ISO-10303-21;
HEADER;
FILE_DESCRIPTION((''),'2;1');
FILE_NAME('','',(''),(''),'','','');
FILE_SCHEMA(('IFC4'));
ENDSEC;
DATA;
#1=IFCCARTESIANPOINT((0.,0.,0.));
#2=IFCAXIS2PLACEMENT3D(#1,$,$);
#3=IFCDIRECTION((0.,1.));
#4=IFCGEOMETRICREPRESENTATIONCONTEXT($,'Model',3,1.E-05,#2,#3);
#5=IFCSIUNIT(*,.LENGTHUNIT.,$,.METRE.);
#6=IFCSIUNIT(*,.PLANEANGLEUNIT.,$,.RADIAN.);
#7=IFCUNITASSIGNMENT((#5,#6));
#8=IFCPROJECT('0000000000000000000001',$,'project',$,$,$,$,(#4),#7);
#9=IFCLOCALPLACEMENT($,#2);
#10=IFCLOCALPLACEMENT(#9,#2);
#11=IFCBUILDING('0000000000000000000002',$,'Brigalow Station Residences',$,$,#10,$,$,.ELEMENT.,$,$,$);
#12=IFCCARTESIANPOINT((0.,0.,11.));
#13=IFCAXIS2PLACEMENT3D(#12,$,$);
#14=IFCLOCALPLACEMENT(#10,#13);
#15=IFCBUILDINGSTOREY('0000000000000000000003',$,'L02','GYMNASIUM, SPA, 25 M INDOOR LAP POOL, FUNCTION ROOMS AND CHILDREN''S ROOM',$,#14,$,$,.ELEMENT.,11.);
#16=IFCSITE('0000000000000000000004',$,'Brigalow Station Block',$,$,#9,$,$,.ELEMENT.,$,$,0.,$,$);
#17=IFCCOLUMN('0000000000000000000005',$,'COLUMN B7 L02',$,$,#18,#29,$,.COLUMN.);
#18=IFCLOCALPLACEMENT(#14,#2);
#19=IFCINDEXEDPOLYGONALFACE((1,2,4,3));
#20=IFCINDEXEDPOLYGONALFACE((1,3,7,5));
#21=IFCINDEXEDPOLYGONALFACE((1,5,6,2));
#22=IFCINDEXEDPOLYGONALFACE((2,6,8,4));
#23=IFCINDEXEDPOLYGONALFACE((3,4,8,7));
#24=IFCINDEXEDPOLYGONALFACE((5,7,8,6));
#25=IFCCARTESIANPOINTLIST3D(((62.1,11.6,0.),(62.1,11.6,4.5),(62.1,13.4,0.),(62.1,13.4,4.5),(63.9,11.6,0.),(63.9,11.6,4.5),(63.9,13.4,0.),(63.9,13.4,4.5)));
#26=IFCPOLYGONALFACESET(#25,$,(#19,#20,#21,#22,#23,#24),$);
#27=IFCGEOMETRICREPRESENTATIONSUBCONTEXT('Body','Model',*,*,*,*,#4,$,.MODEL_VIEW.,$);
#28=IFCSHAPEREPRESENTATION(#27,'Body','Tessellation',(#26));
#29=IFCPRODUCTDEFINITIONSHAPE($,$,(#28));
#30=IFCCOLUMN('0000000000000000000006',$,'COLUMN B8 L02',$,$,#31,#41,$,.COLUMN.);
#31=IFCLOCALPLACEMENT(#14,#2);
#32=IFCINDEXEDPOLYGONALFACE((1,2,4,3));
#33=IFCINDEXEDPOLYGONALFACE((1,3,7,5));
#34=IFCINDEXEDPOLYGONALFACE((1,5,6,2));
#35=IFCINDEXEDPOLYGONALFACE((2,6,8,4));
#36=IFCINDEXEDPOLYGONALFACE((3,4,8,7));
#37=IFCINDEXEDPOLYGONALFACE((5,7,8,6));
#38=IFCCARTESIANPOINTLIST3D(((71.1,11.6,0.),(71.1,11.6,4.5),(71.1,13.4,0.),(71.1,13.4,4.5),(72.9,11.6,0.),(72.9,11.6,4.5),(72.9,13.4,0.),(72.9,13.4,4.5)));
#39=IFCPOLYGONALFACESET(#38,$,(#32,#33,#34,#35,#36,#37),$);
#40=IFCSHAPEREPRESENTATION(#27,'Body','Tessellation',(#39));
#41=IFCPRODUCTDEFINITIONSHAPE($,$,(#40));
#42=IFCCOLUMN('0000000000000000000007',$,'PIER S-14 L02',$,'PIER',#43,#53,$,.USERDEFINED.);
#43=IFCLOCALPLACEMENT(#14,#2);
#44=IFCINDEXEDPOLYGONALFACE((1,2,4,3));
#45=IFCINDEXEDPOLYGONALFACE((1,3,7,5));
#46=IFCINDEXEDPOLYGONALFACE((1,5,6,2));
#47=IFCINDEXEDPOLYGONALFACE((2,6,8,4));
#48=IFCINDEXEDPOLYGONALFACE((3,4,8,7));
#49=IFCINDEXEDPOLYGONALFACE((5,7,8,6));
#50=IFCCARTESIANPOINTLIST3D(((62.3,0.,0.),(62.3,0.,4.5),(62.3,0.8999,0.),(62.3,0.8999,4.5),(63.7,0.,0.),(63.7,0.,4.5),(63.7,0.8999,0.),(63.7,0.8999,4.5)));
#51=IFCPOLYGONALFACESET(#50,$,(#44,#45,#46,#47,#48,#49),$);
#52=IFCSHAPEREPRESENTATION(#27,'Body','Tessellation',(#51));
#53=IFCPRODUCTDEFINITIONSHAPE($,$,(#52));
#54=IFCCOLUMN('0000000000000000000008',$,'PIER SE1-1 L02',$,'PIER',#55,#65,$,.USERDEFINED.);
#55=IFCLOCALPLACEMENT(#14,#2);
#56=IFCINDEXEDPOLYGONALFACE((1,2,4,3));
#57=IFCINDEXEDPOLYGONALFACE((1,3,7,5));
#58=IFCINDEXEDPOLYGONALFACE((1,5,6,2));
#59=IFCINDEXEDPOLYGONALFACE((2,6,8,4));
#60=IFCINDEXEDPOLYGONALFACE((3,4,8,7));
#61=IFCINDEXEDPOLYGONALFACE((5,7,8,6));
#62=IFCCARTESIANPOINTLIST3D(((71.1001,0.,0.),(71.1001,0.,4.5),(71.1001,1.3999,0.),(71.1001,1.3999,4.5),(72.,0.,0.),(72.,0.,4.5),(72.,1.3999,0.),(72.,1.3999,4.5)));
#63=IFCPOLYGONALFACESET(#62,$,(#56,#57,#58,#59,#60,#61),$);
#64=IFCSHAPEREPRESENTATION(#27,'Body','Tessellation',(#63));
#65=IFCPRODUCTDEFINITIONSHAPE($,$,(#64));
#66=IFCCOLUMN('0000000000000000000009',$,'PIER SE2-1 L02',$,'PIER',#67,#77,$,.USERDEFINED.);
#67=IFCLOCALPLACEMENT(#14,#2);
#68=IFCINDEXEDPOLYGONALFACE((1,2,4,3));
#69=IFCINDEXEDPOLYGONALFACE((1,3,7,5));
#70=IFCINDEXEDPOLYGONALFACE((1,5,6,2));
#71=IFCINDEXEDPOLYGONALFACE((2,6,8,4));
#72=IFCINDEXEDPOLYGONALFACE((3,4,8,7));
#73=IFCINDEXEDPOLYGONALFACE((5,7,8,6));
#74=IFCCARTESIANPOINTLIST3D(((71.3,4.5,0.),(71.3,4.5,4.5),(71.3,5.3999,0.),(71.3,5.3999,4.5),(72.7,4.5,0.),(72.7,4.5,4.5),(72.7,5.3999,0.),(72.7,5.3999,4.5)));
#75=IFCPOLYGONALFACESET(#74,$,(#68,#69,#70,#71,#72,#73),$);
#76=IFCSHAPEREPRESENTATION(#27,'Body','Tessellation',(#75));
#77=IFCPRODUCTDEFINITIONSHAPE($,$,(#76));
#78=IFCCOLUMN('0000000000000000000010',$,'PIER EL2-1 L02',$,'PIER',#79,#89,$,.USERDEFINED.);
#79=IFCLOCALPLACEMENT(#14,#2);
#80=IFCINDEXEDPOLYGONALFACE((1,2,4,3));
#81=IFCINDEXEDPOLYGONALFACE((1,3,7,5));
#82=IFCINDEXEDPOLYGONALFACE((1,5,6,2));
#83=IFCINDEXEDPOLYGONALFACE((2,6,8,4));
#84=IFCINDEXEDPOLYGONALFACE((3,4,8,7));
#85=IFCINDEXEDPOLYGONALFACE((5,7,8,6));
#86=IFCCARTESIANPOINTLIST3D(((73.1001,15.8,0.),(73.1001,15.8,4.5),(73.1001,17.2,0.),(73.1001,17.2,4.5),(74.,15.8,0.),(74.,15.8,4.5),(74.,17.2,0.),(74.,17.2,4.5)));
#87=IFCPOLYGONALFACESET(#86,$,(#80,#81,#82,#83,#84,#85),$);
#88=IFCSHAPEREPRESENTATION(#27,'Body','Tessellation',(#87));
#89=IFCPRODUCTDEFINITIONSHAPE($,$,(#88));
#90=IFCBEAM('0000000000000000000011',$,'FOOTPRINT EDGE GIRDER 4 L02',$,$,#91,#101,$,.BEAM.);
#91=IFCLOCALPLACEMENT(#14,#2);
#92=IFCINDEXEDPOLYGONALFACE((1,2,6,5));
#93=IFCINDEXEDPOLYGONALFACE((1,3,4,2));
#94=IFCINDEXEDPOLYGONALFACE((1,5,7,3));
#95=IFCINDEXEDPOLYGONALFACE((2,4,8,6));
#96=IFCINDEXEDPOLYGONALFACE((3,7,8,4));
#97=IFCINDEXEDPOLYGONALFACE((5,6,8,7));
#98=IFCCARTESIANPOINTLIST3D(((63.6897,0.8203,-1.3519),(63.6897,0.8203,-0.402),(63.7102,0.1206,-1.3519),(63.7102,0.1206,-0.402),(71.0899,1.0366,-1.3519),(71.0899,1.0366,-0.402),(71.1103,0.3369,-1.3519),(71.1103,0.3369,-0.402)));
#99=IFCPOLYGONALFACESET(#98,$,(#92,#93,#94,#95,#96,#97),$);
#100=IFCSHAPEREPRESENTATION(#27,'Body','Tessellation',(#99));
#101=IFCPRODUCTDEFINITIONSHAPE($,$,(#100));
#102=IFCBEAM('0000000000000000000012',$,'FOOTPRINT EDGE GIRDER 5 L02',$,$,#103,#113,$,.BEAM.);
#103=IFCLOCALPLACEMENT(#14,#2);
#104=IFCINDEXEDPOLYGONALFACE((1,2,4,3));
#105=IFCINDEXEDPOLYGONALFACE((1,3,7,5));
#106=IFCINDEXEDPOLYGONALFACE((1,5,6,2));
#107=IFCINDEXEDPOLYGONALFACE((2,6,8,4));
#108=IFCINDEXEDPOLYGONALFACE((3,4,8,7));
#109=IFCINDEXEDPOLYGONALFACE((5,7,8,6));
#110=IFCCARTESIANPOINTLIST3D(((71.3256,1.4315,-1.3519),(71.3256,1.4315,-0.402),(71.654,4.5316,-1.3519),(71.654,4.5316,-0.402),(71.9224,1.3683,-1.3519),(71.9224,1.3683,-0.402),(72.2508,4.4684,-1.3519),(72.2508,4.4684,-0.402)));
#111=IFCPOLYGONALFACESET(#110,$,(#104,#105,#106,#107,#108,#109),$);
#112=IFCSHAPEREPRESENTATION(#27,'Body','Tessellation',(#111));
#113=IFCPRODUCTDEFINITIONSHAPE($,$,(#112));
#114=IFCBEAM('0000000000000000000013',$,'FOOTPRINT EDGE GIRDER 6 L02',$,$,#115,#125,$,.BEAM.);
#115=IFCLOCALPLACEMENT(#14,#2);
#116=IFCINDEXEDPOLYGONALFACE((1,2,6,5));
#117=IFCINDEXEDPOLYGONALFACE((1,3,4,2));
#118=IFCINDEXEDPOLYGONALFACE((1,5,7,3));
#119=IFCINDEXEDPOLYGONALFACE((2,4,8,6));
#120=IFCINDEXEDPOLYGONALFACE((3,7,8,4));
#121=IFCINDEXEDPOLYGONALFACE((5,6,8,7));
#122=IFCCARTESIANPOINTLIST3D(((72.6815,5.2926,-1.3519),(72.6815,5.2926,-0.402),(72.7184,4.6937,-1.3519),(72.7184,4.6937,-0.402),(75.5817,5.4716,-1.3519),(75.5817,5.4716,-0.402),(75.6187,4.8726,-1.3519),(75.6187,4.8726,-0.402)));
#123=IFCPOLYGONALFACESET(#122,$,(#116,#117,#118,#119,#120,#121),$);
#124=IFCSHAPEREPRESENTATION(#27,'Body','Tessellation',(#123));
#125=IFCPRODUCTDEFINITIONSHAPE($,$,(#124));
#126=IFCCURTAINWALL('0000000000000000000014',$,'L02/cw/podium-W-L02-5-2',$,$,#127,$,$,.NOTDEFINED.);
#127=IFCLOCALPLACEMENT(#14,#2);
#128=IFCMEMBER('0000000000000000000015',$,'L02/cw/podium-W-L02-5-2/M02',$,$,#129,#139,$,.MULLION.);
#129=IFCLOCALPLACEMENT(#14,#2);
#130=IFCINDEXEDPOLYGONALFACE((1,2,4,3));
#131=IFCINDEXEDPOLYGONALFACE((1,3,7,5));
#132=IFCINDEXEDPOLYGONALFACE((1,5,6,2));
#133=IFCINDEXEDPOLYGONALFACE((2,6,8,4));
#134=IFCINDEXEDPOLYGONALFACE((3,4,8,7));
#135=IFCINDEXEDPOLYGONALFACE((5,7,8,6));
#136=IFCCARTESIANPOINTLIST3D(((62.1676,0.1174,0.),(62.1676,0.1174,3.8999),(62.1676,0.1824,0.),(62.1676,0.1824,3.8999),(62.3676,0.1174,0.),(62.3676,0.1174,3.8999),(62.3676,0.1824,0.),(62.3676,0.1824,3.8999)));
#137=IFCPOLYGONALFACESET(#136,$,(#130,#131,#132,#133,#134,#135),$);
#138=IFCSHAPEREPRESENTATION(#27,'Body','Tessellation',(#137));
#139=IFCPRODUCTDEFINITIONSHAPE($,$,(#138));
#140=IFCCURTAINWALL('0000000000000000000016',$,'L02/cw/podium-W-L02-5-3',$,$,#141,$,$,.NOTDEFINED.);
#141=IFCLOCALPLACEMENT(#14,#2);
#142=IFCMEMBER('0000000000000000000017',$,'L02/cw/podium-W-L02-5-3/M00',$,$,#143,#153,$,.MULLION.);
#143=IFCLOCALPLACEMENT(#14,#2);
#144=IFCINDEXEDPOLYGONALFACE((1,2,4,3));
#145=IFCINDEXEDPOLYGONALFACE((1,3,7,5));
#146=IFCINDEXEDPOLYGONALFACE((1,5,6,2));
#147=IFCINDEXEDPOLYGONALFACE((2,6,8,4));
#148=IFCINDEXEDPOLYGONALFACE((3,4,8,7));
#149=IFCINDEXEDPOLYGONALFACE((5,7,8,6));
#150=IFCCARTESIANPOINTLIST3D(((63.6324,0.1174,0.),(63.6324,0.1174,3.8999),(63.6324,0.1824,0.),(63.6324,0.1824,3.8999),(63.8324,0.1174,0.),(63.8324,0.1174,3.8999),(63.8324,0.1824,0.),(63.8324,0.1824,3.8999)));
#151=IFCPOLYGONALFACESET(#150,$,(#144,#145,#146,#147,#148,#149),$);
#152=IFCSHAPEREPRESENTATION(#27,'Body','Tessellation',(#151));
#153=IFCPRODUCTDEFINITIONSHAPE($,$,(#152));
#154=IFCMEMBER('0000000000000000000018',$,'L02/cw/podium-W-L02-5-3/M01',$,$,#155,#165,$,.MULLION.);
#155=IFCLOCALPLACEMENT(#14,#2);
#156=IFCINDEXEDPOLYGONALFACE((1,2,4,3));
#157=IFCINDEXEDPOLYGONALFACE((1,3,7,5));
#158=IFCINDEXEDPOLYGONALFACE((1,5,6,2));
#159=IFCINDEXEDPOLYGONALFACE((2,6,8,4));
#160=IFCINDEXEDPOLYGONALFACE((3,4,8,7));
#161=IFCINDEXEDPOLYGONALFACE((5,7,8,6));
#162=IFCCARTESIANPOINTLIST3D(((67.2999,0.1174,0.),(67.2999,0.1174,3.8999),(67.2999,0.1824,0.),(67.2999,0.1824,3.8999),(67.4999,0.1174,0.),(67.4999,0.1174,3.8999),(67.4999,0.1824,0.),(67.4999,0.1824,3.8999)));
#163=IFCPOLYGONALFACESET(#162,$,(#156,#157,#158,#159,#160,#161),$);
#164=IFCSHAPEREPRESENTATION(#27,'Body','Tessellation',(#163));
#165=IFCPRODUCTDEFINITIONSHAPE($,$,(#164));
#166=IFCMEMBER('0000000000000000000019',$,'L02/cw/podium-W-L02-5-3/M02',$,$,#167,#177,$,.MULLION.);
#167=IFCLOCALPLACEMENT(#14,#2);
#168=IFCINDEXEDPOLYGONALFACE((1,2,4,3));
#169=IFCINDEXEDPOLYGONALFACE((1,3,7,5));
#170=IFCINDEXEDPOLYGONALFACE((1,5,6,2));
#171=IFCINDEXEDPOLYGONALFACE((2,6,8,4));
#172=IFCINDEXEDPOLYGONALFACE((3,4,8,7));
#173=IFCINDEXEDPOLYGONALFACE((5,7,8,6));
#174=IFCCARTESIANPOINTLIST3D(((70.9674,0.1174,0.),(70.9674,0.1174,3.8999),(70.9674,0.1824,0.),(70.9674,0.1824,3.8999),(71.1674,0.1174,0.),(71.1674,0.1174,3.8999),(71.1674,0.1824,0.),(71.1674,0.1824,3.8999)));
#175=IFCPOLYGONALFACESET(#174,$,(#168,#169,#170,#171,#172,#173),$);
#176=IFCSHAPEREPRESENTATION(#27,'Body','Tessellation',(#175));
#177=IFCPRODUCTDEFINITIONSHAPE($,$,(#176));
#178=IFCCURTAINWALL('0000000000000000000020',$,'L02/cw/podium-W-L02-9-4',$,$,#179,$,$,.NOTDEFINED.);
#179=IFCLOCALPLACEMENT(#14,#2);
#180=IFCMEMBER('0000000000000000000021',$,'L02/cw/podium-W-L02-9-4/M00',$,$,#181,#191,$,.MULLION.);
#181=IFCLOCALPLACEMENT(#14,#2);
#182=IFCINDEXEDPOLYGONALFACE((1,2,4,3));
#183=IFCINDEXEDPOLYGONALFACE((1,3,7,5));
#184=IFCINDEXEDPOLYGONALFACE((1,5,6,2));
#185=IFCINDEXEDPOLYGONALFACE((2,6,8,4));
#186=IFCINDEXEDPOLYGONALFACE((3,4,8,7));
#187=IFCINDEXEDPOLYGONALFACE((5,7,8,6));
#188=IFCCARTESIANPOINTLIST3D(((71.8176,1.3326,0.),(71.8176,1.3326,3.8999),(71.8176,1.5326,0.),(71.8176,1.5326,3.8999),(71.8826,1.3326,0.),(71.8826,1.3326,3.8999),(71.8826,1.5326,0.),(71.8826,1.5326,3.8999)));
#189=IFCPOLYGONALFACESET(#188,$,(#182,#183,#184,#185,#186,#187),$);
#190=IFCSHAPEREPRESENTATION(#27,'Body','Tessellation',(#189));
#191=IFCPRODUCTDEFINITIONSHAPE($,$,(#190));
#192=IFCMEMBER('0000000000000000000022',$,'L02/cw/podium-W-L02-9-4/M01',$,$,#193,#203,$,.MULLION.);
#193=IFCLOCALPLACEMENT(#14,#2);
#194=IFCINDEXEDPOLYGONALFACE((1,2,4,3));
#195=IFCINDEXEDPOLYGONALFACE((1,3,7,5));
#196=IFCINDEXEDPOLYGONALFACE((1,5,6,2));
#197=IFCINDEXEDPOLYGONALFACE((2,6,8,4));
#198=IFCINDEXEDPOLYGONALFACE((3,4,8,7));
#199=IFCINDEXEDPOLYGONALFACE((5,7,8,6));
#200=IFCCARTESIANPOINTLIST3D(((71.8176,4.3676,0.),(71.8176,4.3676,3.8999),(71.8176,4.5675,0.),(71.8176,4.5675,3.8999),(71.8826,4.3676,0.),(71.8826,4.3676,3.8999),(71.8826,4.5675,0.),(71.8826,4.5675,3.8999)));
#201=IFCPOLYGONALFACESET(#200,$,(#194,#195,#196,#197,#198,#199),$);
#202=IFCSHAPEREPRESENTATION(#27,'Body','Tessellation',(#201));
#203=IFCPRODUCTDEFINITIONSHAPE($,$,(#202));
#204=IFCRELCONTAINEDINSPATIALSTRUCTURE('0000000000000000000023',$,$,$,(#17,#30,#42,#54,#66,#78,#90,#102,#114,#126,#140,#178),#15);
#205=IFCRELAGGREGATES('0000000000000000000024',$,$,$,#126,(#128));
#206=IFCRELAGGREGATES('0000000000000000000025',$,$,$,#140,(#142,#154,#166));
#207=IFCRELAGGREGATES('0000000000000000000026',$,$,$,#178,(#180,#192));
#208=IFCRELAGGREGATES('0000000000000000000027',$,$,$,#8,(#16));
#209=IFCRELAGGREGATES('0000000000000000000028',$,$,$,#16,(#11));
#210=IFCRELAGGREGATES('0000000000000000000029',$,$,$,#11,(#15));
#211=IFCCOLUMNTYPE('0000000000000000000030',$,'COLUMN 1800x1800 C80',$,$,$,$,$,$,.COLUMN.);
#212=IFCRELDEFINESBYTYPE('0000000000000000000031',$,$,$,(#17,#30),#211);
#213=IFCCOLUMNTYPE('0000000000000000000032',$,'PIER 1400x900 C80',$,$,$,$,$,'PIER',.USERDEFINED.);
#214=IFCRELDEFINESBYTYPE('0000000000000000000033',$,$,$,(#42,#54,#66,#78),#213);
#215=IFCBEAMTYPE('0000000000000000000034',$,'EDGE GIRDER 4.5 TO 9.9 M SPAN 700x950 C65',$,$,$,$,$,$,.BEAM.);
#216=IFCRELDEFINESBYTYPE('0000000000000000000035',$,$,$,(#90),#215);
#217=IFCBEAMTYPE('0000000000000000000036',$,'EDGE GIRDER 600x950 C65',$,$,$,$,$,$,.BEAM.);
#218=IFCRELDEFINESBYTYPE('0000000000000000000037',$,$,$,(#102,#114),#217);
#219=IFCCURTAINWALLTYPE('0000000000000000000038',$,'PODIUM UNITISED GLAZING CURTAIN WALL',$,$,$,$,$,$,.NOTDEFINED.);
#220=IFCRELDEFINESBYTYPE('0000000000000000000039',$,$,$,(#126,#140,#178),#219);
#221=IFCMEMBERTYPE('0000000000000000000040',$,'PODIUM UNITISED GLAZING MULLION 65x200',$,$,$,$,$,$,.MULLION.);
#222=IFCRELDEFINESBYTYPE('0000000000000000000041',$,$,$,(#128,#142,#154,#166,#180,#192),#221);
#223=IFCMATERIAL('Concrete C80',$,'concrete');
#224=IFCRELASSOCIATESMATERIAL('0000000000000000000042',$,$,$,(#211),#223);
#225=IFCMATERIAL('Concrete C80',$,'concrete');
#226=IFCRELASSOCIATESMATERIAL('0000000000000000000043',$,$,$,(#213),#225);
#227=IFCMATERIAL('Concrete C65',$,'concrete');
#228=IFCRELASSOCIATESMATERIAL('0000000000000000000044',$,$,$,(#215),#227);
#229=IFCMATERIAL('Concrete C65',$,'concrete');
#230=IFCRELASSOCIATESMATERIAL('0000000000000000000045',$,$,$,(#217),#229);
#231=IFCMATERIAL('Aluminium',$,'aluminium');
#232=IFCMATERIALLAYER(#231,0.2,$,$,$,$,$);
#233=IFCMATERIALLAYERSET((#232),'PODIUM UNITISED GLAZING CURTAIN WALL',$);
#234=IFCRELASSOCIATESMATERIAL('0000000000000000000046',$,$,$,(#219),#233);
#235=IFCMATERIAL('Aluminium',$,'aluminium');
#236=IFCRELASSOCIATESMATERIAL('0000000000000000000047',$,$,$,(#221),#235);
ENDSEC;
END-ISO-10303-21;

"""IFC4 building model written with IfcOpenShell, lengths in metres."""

from ifc_helpers import new_model, si_unit, direction, frame, origin, origin_2d, place, context, subcontext, project, spatial, rectangle, extrude, material, layer, layer_set, material_profile, profile_set, type_object, element, aggregate, save


model = new_model("IFC4")

# Units and contexts
model_context = context("Model", 3, precision=1e-05, world=origin(), true_north=direction((0.0, 1.0)))
body_context = subcontext(model_context, "Body", "Model", "MODEL_VIEW")
ifc_project = project(units=[si_unit("LENGTHUNIT", "METRE"), si_unit("PLANEANGLEUNIT", "RADIAN")], contexts=[model_context])

# Site, building, storey
site_placement = place(None, origin())
site = spatial("IfcSite", under=ifc_project, at=site_placement, Name="Brigalow Station Block", CompositionType="ELEMENT", RefElevation=0.0)
building_placement = place(site_placement, origin())
building = spatial("IfcBuilding", under=site, at=building_placement, Name="Brigalow Station Residences", CompositionType="ELEMENT")
storey_placement = place(building_placement, frame((0.0, 0.0, 11.0)))
storey = spatial("IfcBuildingStorey", under=building, at=storey_placement, Name="L02", Description="GYMNASIUM, SPA, 25 M INDOOR LAP POOL, FUNCTION ROOMS AND CHILDREN'S ROOM", CompositionType="ELEMENT", Elevation=11.0)

# Columns
ifc_material_1 = material(Name="Concrete C80", Category="concrete")
ifc_material_profile_1 = material_profile(ifc_material_1, rectangle(XDim=1.8, YDim=1.8, at=origin_2d()), Name="RC1800x1800")
ifc_profile_set_1 = profile_set([ifc_material_profile_1], Name="Concrete C80")
column_type_1 = type_object("IfcColumnType", Name="COLUMN 1800x1800 C80", PredefinedType="COLUMN", material=ifc_profile_set_1)
for number, where, z_axis, x_axis, name in (
    (1, (63.0, 12.5, 0.0), (0.0, 0.0, 1.0), (1.0, 0.0, 0.0), "COLUMN B7 L02"),
    (2, (72.0, 12.5, 0.0), (0.0, 0.0, 1.0), (1.0, 0.0, 0.0), "COLUMN B8 L02"),
):
    element("IfcColumn", number, at=place(storey_placement, frame(where, z_axis=z_axis, x_axis=x_axis)), inside=storey, type_object=column_type_1, Name=name, PredefinedType="COLUMN", context=body_context, shape_type="SweptSolid", body=[
        extrude(rectangle(XDim=1.8, YDim=1.8, at=origin_2d()), origin(), (0.0, 0.0, 1.0), 4.5),
    ])
ifc_material_2 = material(Name="Concrete C80", Category="concrete")
ifc_material_profile_2 = material_profile(ifc_material_2, rectangle(XDim=1.3999, YDim=0.8999, at=origin_2d()), Name="RC1400x900")
ifc_profile_set_2 = profile_set([ifc_material_profile_2], Name="Concrete C80")
column_type_2 = type_object("IfcColumnType", Name="PIER 1400x900 C80", ElementType="PIER", PredefinedType="USERDEFINED", material=ifc_profile_set_2)
for number, where, z_axis, x_axis, name in (
    (3, (63.0, 0.45, 0.0), (0.0, 0.0, 1.0), (1.0, 0.0, 0.0), "PIER S-14 L02"),
    (4, (71.55, 0.7, 0.0), (0.0, 0.0, 1.0), (0.0, 1.0, 0.0), "PIER SE1-1 L02"),
    (5, (72.0, 4.95, 0.0), (0.0, 0.0, 1.0), (1.0, 0.0, 0.0), "PIER SE2-1 L02"),
    (6, (73.55, 16.5, 0.0), (0.0, 0.0, 1.0), (0.0, 1.0, 0.0), "PIER EL2-1 L02"),
):
    element("IfcColumn", number, at=place(storey_placement, frame(where, z_axis=z_axis, x_axis=x_axis)), inside=storey, type_object=column_type_2, Name=name, ObjectType="PIER", PredefinedType="USERDEFINED", context=body_context, shape_type="SweptSolid", body=[
        extrude(rectangle(XDim=1.3999, YDim=0.8999, at=origin_2d()), origin(), (0.0, 0.0, 1.0), 4.5),
    ])

# Beams
ifc_material_3 = material(Name="Concrete C65", Category="concrete")
ifc_material_profile_3 = material_profile(ifc_material_3, rectangle(XDim=0.7, YDim=0.95, at=origin_2d()), Name="RC700x950")
ifc_profile_set_3 = profile_set([ifc_material_profile_3], Name="Concrete C65")
beam_type_1 = type_object("IfcBeamType", Name="EDGE GIRDER 4.5 TO 9.9 M SPAN 700x950 C65", PredefinedType="BEAM", material=ifc_profile_set_3)
beam_1_placement = place(storey_placement, frame((63.7, 0.4705, -0.877), z_axis=(0.999573, 0.029218, 0.0), x_axis=(-0.029218, 0.999573, 0.0)))
element("IfcBeam", 7, at=beam_1_placement, inside=storey, type_object=beam_type_1, Name="FOOTPRINT EDGE GIRDER 4 L02", PredefinedType="BEAM", context=body_context, shape_type="SweptSolid", body=[
    extrude(rectangle(XDim=0.7, YDim=0.95, at=origin_2d()), origin(), (0.0, 0.0, 1.0), 7.4033),
])
ifc_material_4 = material(Name="Concrete C65", Category="concrete")
ifc_material_profile_4 = material_profile(ifc_material_4, rectangle(XDim=0.6001, YDim=0.95, at=origin_2d()), Name="RC600x950")
ifc_profile_set_4 = profile_set([ifc_material_profile_4], Name="Concrete C65")
beam_type_2 = type_object("IfcBeamType", Name="EDGE GIRDER 600x950 C65", PredefinedType="BEAM", material=ifc_profile_set_4)
beam_2_placement = place(storey_placement, frame((71.624, 1.3999, -0.877), z_axis=(0.105333, 0.994437, 0.0), x_axis=(-0.994437, 0.105333, 0.0)))
element("IfcBeam", 8, at=beam_2_placement, inside=storey, type_object=beam_type_2, Name="FOOTPRINT EDGE GIRDER 5 L02", PredefinedType="BEAM", context=body_context, shape_type="SweptSolid", body=[
    extrude(rectangle(XDim=0.6001, YDim=0.95, at=origin_2d()), origin(), (0.0, 0.0, 1.0), 3.1174),
])
beam_3_placement = place(storey_placement, frame((72.7, 4.9932, -0.877), z_axis=(0.998102, 0.061588, 0.0), x_axis=(-0.061588, 0.998102, 0.0)))
element("IfcBeam", 9, at=beam_3_placement, inside=storey, type_object=beam_type_2, Name="FOOTPRINT EDGE GIRDER 6 L02", PredefinedType="BEAM", context=body_context, shape_type="SweptSolid", body=[
    extrude(rectangle(XDim=0.6001, YDim=0.95, at=origin_2d()), origin(), (0.0, 0.0, 1.0), 2.9058),
])

# Curtain wall, member
ifc_material_5 = material(Name="Aluminium", Category="aluminium")
ifc_layer_1 = layer(ifc_material_5, 0.2)
ifc_layer_set_1 = layer_set([ifc_layer_1], Name="PODIUM UNITISED GLAZING CURTAIN WALL")
curtain_wall_type = type_object("IfcCurtainWallType", Name="PODIUM UNITISED GLAZING CURTAIN WALL", PredefinedType="NOTDEFINED", material=ifc_layer_set_1)
curtain_wall_1_placement = place(storey_placement, origin())
curtain_wall_1 = element("IfcCurtainWall", 10, at=curtain_wall_1_placement, inside=storey, type_object=curtain_wall_type, Name="L02/cw/podium-W-L02-5-2", PredefinedType="NOTDEFINED")
ifc_material_6 = material(Name="Aluminium", Category="aluminium")
ifc_material_profile_5 = material_profile(ifc_material_6, rectangle(XDim=0.0649, YDim=0.2, at=origin_2d()), Name="PODIUM UNITISED GLAZING MULLION 65x200")
ifc_profile_set_5 = profile_set([ifc_material_profile_5], Name="Aluminium")
member_type_1 = type_object("IfcMemberType", Name="PODIUM UNITISED GLAZING MULLION 65x200", PredefinedType="MULLION", material=ifc_profile_set_5)
member_1_placement = place(storey_placement, frame((62.2676, 0.1499, 0.0), z_axis=(0.0, 0.0, 1.0), x_axis=(0.0, 1.0, 0.0)))
member_1 = element("IfcMember", 11, at=member_1_placement, type_object=member_type_1, Name="L02/cw/podium-W-L02-5-2/M02", PredefinedType="MULLION", context=body_context, shape_type="SweptSolid", body=[
    extrude(rectangle(XDim=0.0649, YDim=0.2, at=origin_2d()), origin(), (0.0, 0.0, 1.0), 3.8999),
])

# Curtain walls, members
curtain_wall_2_placement = place(storey_placement, origin())
curtain_wall_2 = element("IfcCurtainWall", 12, at=curtain_wall_2_placement, inside=storey, type_object=curtain_wall_type, Name="L02/cw/podium-W-L02-5-3", PredefinedType="NOTDEFINED")
member_2_placement = place(storey_placement, frame((63.7324, 0.1499, 0.0), z_axis=(0.0, 0.0, 1.0), x_axis=(0.0, 1.0, 0.0)))
member_2 = element("IfcMember", 13, at=member_2_placement, type_object=member_type_1, Name="L02/cw/podium-W-L02-5-3/M00", PredefinedType="MULLION", context=body_context, shape_type="SweptSolid", body=[
    extrude(rectangle(XDim=0.0649, YDim=0.2, at=origin_2d()), origin(), (0.0, 0.0, 1.0), 3.8999),
])
member_3_placement = place(storey_placement, frame((67.3999, 0.1499, 0.0), z_axis=(0.0, 0.0, 1.0), x_axis=(0.0, 1.0, 0.0)))
member_3 = element("IfcMember", 14, at=member_3_placement, type_object=member_type_1, Name="L02/cw/podium-W-L02-5-3/M01", PredefinedType="MULLION", context=body_context, shape_type="SweptSolid", body=[
    extrude(rectangle(XDim=0.0649, YDim=0.2, at=origin_2d()), origin(), (0.0, 0.0, 1.0), 3.8999),
])
member_4_placement = place(storey_placement, frame((71.0674, 0.1499, 0.0), z_axis=(0.0, 0.0, 1.0), x_axis=(0.0, 1.0, 0.0)))
member_4 = element("IfcMember", 15, at=member_4_placement, type_object=member_type_1, Name="L02/cw/podium-W-L02-5-3/M02", PredefinedType="MULLION", context=body_context, shape_type="SweptSolid", body=[
    extrude(rectangle(XDim=0.0649, YDim=0.2, at=origin_2d()), origin(), (0.0, 0.0, 1.0), 3.8999),
])
curtain_wall_3_placement = place(storey_placement, origin())
curtain_wall_3 = element("IfcCurtainWall", 16, at=curtain_wall_3_placement, inside=storey, type_object=curtain_wall_type, Name="L02/cw/podium-W-L02-9-4", PredefinedType="NOTDEFINED")
member_5_placement = place(storey_placement, frame((71.8501, 1.4326, 0.0), z_axis=(0.0, 0.0, 1.0), x_axis=(-1.0, 0.0, 0.0)))
member_5 = element("IfcMember", 17, at=member_5_placement, type_object=member_type_1, Name="L02/cw/podium-W-L02-9-4/M00", PredefinedType="MULLION", context=body_context, shape_type="SweptSolid", body=[
    extrude(rectangle(XDim=0.0649, YDim=0.2, at=origin_2d()), origin(), (0.0, 0.0, 1.0), 3.8999),
])
member_6_placement = place(storey_placement, frame((71.8501, 4.4675, 0.0), z_axis=(0.0, 0.0, 1.0), x_axis=(-1.0, 0.0, 0.0)))
member_6 = element("IfcMember", 18, at=member_6_placement, type_object=member_type_1, Name="L02/cw/podium-W-L02-9-4/M01", PredefinedType="MULLION", context=body_context, shape_type="SweptSolid", body=[
    extrude(rectangle(XDim=0.0649, YDim=0.2, at=origin_2d()), origin(), (0.0, 0.0, 1.0), 3.8999),
])

aggregate(curtain_wall_1, [member_1])
aggregate(curtain_wall_2, [member_2, member_3, member_4])
aggregate(curtain_wall_3, [member_5, member_6])

save(model, "model.ifc")
